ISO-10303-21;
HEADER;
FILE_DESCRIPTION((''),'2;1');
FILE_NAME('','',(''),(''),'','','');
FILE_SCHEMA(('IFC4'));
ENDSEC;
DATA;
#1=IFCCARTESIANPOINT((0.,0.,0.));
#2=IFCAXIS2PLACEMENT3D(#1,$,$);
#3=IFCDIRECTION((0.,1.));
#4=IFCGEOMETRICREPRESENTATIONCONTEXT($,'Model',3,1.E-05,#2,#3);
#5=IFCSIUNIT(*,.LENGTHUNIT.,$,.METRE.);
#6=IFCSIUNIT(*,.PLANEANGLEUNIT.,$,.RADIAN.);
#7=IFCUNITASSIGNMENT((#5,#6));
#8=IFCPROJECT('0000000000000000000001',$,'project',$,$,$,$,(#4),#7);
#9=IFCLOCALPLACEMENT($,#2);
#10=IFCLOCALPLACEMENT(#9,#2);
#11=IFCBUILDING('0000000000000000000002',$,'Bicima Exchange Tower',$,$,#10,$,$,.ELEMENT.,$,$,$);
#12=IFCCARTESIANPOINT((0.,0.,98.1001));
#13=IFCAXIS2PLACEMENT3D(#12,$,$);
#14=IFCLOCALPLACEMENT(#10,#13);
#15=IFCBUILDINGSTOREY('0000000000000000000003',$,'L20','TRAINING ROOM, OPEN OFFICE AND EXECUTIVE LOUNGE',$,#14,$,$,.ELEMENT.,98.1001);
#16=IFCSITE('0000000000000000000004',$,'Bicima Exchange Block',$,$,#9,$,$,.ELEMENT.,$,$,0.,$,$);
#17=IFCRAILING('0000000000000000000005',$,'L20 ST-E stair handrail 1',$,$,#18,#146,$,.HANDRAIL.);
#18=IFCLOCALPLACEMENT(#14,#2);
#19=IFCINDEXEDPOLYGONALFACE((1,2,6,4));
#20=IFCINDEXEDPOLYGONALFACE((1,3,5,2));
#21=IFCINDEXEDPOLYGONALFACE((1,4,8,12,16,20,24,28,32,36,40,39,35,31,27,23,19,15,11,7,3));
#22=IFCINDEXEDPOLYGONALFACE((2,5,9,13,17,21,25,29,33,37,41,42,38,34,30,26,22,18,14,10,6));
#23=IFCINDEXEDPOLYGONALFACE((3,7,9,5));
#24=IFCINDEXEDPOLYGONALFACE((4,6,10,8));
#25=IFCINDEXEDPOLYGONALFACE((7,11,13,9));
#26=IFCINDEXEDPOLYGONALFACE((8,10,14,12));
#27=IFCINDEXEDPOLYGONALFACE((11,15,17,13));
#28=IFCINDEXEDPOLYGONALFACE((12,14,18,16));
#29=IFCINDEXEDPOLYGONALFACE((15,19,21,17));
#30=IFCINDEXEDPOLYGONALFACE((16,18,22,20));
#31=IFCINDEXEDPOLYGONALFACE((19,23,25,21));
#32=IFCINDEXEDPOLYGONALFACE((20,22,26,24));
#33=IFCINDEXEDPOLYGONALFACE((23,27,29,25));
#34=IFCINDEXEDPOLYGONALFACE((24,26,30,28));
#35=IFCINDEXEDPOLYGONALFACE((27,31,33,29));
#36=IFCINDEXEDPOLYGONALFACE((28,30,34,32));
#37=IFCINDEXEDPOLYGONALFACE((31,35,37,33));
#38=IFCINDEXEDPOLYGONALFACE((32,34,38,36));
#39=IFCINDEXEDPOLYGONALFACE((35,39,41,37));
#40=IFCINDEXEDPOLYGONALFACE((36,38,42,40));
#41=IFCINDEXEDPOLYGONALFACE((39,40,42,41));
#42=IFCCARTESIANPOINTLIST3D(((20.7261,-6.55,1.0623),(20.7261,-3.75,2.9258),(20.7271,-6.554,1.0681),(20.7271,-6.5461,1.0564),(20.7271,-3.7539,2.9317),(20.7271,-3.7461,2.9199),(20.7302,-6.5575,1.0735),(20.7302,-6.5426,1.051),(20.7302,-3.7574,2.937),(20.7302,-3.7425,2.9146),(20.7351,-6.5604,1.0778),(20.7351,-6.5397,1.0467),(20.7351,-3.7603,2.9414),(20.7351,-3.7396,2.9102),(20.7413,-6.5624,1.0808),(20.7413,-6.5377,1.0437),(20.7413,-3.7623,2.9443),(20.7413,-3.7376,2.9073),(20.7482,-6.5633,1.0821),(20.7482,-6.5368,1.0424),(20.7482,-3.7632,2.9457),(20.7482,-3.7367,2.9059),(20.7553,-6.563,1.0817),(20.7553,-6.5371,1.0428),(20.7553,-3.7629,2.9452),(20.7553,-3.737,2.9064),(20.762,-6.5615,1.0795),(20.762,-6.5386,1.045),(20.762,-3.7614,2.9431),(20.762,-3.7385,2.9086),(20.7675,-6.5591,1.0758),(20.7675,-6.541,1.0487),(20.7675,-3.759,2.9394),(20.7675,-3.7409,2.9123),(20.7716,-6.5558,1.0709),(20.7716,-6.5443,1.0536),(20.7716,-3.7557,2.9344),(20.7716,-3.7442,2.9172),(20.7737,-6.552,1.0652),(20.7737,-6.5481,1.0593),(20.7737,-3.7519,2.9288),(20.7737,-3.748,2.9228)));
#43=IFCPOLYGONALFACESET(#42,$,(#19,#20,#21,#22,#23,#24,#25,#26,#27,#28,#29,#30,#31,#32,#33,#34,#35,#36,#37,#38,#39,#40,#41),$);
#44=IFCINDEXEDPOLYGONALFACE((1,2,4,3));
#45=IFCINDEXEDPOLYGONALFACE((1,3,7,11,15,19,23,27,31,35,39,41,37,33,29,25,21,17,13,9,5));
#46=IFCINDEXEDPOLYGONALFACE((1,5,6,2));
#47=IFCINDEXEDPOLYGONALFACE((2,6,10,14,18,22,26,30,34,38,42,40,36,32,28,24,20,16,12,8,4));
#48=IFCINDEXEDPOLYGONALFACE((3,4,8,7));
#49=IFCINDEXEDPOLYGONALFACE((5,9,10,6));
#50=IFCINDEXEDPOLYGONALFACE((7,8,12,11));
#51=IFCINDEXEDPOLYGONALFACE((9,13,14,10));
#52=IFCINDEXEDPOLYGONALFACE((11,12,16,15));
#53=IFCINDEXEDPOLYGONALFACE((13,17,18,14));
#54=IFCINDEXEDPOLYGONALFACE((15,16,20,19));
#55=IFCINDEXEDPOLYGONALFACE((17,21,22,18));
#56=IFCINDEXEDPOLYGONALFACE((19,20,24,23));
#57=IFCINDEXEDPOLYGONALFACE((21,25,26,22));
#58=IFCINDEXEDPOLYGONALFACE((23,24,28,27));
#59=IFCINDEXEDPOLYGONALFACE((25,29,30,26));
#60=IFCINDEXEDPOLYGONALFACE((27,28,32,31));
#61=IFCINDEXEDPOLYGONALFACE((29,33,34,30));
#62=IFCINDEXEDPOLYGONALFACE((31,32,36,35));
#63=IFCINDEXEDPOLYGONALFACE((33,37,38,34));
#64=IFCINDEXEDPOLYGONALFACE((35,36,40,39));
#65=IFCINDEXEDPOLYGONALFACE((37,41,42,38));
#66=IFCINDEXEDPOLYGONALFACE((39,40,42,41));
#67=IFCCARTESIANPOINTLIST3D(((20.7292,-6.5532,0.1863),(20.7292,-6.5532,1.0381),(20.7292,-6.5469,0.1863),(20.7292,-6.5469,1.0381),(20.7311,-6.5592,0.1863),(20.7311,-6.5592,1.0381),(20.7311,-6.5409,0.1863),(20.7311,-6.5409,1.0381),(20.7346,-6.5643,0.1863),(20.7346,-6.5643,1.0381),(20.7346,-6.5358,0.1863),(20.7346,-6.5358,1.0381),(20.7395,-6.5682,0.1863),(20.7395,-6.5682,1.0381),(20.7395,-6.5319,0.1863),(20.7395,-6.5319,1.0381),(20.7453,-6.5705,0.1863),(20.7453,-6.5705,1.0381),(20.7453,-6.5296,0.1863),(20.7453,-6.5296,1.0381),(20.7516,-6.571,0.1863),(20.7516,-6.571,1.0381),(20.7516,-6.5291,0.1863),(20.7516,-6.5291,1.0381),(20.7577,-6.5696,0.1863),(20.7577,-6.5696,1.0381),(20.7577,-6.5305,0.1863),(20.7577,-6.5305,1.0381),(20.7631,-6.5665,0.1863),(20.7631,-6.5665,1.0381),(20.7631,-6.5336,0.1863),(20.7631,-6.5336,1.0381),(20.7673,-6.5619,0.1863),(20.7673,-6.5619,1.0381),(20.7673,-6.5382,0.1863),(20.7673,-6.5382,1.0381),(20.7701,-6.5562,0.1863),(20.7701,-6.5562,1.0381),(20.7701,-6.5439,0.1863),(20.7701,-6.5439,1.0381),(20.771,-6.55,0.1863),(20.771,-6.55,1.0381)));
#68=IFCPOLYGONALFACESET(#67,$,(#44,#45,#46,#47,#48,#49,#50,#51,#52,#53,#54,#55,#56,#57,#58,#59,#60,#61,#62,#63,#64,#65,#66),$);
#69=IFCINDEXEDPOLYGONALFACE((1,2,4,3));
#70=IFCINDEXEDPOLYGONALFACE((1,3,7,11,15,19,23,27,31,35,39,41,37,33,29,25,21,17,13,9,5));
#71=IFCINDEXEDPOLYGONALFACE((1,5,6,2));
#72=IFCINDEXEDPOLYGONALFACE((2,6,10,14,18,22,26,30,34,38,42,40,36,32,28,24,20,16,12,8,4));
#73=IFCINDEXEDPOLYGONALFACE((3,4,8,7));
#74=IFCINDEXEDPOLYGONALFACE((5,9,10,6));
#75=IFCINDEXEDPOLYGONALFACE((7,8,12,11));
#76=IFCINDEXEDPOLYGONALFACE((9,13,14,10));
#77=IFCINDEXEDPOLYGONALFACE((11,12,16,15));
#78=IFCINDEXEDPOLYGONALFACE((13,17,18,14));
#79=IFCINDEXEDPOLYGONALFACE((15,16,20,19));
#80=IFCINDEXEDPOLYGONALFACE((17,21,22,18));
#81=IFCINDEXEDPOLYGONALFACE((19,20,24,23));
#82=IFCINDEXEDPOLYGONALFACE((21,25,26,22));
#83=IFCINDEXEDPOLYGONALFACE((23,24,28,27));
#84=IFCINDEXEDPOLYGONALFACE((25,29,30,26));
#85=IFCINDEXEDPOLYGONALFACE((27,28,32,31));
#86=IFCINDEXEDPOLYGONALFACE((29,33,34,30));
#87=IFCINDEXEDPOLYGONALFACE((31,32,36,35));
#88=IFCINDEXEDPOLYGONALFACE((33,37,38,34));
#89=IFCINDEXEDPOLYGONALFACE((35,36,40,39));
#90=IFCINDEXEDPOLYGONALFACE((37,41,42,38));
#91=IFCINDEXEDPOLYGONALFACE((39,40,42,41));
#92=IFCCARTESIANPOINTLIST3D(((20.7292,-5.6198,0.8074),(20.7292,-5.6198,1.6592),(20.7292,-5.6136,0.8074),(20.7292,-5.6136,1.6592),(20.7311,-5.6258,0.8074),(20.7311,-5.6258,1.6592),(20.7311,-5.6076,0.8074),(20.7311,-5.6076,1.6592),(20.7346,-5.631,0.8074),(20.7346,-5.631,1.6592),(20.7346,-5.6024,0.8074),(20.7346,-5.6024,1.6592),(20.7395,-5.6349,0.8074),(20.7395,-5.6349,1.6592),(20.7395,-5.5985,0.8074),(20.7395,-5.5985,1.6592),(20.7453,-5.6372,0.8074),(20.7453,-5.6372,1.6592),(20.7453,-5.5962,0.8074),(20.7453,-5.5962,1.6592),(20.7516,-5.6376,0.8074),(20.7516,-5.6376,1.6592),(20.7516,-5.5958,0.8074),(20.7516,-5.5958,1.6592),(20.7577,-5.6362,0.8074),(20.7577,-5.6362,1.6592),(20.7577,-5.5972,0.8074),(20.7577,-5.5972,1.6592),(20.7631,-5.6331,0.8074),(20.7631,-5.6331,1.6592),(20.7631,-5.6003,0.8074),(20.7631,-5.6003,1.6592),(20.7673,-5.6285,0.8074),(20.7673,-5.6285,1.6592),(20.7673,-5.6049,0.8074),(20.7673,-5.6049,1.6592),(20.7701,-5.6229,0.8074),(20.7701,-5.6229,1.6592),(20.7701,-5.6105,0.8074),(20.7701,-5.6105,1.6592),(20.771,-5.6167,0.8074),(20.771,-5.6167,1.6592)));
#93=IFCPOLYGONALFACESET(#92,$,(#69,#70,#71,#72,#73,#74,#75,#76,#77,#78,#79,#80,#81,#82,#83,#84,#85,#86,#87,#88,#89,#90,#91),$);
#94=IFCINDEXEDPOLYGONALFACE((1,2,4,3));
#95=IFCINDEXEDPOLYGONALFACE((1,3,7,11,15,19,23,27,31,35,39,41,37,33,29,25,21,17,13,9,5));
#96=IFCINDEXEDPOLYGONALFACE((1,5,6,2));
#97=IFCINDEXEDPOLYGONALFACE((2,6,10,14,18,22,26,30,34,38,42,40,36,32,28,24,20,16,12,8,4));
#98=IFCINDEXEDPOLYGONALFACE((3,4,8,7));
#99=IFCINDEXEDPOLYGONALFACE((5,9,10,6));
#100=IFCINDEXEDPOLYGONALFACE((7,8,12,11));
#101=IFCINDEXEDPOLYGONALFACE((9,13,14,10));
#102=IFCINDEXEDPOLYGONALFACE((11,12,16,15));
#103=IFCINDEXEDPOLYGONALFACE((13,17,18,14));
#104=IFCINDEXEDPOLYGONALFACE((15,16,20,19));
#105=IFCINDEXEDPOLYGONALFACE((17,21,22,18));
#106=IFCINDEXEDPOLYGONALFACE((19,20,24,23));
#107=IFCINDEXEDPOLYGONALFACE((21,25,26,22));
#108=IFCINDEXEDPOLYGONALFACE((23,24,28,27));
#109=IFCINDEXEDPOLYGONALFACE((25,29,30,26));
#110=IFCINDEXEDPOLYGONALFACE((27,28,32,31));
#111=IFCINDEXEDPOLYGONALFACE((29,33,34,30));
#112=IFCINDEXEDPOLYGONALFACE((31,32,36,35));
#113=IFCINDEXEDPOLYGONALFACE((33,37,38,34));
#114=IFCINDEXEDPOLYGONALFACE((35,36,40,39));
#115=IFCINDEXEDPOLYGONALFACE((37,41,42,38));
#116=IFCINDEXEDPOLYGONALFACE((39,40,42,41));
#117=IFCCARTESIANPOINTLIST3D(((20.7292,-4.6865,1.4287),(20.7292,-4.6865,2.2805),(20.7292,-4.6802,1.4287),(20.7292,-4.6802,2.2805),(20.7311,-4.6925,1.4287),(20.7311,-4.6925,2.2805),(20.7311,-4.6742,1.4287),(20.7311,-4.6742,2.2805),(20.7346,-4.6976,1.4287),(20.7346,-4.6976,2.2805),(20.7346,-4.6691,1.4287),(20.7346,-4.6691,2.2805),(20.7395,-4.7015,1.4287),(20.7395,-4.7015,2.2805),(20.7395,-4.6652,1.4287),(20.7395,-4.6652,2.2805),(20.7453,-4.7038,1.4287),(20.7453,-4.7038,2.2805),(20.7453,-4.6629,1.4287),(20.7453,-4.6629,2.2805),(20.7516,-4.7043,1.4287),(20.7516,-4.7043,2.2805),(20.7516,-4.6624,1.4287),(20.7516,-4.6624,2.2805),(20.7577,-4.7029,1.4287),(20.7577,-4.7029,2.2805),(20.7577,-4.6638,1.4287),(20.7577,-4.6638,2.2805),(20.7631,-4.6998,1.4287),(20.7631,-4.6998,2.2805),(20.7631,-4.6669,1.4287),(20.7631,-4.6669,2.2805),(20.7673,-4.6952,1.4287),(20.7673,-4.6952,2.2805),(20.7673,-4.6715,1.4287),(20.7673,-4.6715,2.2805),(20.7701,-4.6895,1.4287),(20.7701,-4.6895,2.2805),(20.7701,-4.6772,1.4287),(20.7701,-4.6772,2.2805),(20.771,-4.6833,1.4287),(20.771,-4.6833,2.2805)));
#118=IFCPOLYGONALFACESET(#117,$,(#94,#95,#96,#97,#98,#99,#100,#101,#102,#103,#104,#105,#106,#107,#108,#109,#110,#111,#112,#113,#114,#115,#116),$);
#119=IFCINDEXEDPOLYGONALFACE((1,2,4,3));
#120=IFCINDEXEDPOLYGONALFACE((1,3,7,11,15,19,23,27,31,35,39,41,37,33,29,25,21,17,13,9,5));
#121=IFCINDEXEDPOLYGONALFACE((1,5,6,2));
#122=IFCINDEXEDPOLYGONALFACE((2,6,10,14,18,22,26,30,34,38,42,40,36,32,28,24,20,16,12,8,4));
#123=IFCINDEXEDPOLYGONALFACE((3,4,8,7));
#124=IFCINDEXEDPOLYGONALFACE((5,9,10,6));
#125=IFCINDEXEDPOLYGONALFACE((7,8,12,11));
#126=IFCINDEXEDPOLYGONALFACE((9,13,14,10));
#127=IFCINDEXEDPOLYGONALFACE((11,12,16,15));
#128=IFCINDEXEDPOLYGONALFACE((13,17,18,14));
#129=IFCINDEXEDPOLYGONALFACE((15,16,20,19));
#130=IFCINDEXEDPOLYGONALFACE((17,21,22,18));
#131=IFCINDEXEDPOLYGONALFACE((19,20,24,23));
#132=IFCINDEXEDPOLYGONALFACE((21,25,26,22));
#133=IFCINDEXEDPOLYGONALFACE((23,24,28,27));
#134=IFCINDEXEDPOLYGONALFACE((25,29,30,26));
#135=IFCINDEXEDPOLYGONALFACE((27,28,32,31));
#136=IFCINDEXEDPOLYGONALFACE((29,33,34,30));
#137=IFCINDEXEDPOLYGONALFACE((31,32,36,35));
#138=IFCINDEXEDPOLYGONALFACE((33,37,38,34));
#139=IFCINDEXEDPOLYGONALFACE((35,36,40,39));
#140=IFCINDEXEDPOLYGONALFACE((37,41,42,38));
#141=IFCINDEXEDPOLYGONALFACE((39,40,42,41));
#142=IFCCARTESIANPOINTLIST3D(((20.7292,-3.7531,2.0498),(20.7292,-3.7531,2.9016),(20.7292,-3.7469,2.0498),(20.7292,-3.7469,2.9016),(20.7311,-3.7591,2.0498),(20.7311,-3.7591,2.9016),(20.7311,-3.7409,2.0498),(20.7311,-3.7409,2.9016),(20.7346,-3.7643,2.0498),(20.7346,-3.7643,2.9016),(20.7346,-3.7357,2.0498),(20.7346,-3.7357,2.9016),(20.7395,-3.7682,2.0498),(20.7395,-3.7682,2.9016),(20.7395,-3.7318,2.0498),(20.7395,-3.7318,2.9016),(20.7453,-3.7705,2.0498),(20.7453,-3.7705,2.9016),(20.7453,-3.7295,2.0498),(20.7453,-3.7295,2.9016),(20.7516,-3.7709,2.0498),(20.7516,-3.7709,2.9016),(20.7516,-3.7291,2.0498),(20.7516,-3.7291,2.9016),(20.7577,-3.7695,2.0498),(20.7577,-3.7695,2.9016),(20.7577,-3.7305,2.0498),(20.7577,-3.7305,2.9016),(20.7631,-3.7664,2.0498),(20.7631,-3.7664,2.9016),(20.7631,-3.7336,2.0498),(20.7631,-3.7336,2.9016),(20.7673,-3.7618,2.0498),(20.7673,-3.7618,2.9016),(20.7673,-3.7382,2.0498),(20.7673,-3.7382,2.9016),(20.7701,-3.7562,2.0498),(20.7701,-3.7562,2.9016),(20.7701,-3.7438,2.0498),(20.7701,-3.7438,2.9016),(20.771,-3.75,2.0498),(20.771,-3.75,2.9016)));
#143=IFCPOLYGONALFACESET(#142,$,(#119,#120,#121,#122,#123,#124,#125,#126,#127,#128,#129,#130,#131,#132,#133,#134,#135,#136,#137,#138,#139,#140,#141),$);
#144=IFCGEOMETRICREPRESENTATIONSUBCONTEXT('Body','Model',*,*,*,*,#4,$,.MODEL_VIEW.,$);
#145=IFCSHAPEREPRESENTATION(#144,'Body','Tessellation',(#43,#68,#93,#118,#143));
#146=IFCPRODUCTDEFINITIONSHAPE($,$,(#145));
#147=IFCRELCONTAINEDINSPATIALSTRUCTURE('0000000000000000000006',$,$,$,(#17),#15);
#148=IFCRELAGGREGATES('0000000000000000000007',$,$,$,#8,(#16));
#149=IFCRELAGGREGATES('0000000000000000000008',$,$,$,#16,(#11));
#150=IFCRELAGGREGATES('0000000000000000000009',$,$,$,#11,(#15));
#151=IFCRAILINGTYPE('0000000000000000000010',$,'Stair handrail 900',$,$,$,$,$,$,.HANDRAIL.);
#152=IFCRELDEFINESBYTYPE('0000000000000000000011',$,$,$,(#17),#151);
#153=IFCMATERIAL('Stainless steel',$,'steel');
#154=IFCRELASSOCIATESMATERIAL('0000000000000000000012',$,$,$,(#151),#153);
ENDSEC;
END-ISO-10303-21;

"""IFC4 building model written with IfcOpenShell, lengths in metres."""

from ifc_helpers import new_model, si_unit, direction, frame, origin, origin_2d, place, context, subcontext, project, spatial, circle, extrude, material, type_object, element, save


model = new_model("IFC4")

# Units and contexts
model_context = context("Model", 3, precision=1e-05, world=origin(), true_north=direction((0.0, 1.0)))
body_context = subcontext(model_context, "Body", "Model", "MODEL_VIEW")
ifc_project = project(units=[si_unit("LENGTHUNIT", "METRE"), si_unit("PLANEANGLEUNIT", "RADIAN")], contexts=[model_context])

# Site, building, storey
site_placement = place(None, origin())
site = spatial("IfcSite", under=ifc_project, at=site_placement, Name="Bicima Exchange Block", CompositionType="ELEMENT", RefElevation=0.0)
building_placement = place(site_placement, origin())
building = spatial("IfcBuilding", under=site, at=building_placement, Name="Bicima Exchange Tower", CompositionType="ELEMENT")
storey_placement = place(building_placement, frame((0.0, 0.0, 98.1001)))
storey = spatial("IfcBuildingStorey", under=building, at=storey_placement, Name="L20", Description="TRAINING ROOM, OPEN OFFICE AND EXECUTIVE LOUNGE", CompositionType="ELEMENT", Elevation=98.1001)

# Railing
ifc_material_1 = material(Name="Stainless steel", Category="steel")
railing_type_1 = type_object("IfcRailingType", Name="Stair handrail 900", PredefinedType="HANDRAIL", material=ifc_material_1)
railing_1_placement = place(storey_placement, frame((20.75, -6.55, 0.1863)))
element("IfcRailing", 1, at=railing_1_placement, inside=storey, type_object=railing_type_1, Name="L20 ST-E stair handrail 1", PredefinedType="HANDRAIL", context=body_context, shape_type="SweptSolid", body=[
    extrude(circle(Radius=0.0239, at=origin_2d()), frame((0.0, 0.0, 0.876), z_axis=(0.0, 0.832486, 0.554047), x_axis=(-1.0, 0.0, 0.0)), (0.0, 0.0, 1.0), 3.3635),
    extrude(circle(Radius=0.021, at=origin_2d()), origin(), (0.0, 0.0, 1.0), 0.8518),
    extrude(circle(Radius=0.021, at=origin_2d()), frame((0.0, 0.9333, 0.6211)), (0.0, 0.0, 1.0), 0.8518),
    extrude(circle(Radius=0.021, at=origin_2d()), frame((0.0, 1.8667, 1.2424)), (0.0, 0.0, 1.0), 0.8518),
    extrude(circle(Radius=0.021, at=origin_2d()), frame((0.0, 2.8, 1.8635)), (0.0, 0.0, 1.0), 0.8518),
])

save(model, "model.ifc")
